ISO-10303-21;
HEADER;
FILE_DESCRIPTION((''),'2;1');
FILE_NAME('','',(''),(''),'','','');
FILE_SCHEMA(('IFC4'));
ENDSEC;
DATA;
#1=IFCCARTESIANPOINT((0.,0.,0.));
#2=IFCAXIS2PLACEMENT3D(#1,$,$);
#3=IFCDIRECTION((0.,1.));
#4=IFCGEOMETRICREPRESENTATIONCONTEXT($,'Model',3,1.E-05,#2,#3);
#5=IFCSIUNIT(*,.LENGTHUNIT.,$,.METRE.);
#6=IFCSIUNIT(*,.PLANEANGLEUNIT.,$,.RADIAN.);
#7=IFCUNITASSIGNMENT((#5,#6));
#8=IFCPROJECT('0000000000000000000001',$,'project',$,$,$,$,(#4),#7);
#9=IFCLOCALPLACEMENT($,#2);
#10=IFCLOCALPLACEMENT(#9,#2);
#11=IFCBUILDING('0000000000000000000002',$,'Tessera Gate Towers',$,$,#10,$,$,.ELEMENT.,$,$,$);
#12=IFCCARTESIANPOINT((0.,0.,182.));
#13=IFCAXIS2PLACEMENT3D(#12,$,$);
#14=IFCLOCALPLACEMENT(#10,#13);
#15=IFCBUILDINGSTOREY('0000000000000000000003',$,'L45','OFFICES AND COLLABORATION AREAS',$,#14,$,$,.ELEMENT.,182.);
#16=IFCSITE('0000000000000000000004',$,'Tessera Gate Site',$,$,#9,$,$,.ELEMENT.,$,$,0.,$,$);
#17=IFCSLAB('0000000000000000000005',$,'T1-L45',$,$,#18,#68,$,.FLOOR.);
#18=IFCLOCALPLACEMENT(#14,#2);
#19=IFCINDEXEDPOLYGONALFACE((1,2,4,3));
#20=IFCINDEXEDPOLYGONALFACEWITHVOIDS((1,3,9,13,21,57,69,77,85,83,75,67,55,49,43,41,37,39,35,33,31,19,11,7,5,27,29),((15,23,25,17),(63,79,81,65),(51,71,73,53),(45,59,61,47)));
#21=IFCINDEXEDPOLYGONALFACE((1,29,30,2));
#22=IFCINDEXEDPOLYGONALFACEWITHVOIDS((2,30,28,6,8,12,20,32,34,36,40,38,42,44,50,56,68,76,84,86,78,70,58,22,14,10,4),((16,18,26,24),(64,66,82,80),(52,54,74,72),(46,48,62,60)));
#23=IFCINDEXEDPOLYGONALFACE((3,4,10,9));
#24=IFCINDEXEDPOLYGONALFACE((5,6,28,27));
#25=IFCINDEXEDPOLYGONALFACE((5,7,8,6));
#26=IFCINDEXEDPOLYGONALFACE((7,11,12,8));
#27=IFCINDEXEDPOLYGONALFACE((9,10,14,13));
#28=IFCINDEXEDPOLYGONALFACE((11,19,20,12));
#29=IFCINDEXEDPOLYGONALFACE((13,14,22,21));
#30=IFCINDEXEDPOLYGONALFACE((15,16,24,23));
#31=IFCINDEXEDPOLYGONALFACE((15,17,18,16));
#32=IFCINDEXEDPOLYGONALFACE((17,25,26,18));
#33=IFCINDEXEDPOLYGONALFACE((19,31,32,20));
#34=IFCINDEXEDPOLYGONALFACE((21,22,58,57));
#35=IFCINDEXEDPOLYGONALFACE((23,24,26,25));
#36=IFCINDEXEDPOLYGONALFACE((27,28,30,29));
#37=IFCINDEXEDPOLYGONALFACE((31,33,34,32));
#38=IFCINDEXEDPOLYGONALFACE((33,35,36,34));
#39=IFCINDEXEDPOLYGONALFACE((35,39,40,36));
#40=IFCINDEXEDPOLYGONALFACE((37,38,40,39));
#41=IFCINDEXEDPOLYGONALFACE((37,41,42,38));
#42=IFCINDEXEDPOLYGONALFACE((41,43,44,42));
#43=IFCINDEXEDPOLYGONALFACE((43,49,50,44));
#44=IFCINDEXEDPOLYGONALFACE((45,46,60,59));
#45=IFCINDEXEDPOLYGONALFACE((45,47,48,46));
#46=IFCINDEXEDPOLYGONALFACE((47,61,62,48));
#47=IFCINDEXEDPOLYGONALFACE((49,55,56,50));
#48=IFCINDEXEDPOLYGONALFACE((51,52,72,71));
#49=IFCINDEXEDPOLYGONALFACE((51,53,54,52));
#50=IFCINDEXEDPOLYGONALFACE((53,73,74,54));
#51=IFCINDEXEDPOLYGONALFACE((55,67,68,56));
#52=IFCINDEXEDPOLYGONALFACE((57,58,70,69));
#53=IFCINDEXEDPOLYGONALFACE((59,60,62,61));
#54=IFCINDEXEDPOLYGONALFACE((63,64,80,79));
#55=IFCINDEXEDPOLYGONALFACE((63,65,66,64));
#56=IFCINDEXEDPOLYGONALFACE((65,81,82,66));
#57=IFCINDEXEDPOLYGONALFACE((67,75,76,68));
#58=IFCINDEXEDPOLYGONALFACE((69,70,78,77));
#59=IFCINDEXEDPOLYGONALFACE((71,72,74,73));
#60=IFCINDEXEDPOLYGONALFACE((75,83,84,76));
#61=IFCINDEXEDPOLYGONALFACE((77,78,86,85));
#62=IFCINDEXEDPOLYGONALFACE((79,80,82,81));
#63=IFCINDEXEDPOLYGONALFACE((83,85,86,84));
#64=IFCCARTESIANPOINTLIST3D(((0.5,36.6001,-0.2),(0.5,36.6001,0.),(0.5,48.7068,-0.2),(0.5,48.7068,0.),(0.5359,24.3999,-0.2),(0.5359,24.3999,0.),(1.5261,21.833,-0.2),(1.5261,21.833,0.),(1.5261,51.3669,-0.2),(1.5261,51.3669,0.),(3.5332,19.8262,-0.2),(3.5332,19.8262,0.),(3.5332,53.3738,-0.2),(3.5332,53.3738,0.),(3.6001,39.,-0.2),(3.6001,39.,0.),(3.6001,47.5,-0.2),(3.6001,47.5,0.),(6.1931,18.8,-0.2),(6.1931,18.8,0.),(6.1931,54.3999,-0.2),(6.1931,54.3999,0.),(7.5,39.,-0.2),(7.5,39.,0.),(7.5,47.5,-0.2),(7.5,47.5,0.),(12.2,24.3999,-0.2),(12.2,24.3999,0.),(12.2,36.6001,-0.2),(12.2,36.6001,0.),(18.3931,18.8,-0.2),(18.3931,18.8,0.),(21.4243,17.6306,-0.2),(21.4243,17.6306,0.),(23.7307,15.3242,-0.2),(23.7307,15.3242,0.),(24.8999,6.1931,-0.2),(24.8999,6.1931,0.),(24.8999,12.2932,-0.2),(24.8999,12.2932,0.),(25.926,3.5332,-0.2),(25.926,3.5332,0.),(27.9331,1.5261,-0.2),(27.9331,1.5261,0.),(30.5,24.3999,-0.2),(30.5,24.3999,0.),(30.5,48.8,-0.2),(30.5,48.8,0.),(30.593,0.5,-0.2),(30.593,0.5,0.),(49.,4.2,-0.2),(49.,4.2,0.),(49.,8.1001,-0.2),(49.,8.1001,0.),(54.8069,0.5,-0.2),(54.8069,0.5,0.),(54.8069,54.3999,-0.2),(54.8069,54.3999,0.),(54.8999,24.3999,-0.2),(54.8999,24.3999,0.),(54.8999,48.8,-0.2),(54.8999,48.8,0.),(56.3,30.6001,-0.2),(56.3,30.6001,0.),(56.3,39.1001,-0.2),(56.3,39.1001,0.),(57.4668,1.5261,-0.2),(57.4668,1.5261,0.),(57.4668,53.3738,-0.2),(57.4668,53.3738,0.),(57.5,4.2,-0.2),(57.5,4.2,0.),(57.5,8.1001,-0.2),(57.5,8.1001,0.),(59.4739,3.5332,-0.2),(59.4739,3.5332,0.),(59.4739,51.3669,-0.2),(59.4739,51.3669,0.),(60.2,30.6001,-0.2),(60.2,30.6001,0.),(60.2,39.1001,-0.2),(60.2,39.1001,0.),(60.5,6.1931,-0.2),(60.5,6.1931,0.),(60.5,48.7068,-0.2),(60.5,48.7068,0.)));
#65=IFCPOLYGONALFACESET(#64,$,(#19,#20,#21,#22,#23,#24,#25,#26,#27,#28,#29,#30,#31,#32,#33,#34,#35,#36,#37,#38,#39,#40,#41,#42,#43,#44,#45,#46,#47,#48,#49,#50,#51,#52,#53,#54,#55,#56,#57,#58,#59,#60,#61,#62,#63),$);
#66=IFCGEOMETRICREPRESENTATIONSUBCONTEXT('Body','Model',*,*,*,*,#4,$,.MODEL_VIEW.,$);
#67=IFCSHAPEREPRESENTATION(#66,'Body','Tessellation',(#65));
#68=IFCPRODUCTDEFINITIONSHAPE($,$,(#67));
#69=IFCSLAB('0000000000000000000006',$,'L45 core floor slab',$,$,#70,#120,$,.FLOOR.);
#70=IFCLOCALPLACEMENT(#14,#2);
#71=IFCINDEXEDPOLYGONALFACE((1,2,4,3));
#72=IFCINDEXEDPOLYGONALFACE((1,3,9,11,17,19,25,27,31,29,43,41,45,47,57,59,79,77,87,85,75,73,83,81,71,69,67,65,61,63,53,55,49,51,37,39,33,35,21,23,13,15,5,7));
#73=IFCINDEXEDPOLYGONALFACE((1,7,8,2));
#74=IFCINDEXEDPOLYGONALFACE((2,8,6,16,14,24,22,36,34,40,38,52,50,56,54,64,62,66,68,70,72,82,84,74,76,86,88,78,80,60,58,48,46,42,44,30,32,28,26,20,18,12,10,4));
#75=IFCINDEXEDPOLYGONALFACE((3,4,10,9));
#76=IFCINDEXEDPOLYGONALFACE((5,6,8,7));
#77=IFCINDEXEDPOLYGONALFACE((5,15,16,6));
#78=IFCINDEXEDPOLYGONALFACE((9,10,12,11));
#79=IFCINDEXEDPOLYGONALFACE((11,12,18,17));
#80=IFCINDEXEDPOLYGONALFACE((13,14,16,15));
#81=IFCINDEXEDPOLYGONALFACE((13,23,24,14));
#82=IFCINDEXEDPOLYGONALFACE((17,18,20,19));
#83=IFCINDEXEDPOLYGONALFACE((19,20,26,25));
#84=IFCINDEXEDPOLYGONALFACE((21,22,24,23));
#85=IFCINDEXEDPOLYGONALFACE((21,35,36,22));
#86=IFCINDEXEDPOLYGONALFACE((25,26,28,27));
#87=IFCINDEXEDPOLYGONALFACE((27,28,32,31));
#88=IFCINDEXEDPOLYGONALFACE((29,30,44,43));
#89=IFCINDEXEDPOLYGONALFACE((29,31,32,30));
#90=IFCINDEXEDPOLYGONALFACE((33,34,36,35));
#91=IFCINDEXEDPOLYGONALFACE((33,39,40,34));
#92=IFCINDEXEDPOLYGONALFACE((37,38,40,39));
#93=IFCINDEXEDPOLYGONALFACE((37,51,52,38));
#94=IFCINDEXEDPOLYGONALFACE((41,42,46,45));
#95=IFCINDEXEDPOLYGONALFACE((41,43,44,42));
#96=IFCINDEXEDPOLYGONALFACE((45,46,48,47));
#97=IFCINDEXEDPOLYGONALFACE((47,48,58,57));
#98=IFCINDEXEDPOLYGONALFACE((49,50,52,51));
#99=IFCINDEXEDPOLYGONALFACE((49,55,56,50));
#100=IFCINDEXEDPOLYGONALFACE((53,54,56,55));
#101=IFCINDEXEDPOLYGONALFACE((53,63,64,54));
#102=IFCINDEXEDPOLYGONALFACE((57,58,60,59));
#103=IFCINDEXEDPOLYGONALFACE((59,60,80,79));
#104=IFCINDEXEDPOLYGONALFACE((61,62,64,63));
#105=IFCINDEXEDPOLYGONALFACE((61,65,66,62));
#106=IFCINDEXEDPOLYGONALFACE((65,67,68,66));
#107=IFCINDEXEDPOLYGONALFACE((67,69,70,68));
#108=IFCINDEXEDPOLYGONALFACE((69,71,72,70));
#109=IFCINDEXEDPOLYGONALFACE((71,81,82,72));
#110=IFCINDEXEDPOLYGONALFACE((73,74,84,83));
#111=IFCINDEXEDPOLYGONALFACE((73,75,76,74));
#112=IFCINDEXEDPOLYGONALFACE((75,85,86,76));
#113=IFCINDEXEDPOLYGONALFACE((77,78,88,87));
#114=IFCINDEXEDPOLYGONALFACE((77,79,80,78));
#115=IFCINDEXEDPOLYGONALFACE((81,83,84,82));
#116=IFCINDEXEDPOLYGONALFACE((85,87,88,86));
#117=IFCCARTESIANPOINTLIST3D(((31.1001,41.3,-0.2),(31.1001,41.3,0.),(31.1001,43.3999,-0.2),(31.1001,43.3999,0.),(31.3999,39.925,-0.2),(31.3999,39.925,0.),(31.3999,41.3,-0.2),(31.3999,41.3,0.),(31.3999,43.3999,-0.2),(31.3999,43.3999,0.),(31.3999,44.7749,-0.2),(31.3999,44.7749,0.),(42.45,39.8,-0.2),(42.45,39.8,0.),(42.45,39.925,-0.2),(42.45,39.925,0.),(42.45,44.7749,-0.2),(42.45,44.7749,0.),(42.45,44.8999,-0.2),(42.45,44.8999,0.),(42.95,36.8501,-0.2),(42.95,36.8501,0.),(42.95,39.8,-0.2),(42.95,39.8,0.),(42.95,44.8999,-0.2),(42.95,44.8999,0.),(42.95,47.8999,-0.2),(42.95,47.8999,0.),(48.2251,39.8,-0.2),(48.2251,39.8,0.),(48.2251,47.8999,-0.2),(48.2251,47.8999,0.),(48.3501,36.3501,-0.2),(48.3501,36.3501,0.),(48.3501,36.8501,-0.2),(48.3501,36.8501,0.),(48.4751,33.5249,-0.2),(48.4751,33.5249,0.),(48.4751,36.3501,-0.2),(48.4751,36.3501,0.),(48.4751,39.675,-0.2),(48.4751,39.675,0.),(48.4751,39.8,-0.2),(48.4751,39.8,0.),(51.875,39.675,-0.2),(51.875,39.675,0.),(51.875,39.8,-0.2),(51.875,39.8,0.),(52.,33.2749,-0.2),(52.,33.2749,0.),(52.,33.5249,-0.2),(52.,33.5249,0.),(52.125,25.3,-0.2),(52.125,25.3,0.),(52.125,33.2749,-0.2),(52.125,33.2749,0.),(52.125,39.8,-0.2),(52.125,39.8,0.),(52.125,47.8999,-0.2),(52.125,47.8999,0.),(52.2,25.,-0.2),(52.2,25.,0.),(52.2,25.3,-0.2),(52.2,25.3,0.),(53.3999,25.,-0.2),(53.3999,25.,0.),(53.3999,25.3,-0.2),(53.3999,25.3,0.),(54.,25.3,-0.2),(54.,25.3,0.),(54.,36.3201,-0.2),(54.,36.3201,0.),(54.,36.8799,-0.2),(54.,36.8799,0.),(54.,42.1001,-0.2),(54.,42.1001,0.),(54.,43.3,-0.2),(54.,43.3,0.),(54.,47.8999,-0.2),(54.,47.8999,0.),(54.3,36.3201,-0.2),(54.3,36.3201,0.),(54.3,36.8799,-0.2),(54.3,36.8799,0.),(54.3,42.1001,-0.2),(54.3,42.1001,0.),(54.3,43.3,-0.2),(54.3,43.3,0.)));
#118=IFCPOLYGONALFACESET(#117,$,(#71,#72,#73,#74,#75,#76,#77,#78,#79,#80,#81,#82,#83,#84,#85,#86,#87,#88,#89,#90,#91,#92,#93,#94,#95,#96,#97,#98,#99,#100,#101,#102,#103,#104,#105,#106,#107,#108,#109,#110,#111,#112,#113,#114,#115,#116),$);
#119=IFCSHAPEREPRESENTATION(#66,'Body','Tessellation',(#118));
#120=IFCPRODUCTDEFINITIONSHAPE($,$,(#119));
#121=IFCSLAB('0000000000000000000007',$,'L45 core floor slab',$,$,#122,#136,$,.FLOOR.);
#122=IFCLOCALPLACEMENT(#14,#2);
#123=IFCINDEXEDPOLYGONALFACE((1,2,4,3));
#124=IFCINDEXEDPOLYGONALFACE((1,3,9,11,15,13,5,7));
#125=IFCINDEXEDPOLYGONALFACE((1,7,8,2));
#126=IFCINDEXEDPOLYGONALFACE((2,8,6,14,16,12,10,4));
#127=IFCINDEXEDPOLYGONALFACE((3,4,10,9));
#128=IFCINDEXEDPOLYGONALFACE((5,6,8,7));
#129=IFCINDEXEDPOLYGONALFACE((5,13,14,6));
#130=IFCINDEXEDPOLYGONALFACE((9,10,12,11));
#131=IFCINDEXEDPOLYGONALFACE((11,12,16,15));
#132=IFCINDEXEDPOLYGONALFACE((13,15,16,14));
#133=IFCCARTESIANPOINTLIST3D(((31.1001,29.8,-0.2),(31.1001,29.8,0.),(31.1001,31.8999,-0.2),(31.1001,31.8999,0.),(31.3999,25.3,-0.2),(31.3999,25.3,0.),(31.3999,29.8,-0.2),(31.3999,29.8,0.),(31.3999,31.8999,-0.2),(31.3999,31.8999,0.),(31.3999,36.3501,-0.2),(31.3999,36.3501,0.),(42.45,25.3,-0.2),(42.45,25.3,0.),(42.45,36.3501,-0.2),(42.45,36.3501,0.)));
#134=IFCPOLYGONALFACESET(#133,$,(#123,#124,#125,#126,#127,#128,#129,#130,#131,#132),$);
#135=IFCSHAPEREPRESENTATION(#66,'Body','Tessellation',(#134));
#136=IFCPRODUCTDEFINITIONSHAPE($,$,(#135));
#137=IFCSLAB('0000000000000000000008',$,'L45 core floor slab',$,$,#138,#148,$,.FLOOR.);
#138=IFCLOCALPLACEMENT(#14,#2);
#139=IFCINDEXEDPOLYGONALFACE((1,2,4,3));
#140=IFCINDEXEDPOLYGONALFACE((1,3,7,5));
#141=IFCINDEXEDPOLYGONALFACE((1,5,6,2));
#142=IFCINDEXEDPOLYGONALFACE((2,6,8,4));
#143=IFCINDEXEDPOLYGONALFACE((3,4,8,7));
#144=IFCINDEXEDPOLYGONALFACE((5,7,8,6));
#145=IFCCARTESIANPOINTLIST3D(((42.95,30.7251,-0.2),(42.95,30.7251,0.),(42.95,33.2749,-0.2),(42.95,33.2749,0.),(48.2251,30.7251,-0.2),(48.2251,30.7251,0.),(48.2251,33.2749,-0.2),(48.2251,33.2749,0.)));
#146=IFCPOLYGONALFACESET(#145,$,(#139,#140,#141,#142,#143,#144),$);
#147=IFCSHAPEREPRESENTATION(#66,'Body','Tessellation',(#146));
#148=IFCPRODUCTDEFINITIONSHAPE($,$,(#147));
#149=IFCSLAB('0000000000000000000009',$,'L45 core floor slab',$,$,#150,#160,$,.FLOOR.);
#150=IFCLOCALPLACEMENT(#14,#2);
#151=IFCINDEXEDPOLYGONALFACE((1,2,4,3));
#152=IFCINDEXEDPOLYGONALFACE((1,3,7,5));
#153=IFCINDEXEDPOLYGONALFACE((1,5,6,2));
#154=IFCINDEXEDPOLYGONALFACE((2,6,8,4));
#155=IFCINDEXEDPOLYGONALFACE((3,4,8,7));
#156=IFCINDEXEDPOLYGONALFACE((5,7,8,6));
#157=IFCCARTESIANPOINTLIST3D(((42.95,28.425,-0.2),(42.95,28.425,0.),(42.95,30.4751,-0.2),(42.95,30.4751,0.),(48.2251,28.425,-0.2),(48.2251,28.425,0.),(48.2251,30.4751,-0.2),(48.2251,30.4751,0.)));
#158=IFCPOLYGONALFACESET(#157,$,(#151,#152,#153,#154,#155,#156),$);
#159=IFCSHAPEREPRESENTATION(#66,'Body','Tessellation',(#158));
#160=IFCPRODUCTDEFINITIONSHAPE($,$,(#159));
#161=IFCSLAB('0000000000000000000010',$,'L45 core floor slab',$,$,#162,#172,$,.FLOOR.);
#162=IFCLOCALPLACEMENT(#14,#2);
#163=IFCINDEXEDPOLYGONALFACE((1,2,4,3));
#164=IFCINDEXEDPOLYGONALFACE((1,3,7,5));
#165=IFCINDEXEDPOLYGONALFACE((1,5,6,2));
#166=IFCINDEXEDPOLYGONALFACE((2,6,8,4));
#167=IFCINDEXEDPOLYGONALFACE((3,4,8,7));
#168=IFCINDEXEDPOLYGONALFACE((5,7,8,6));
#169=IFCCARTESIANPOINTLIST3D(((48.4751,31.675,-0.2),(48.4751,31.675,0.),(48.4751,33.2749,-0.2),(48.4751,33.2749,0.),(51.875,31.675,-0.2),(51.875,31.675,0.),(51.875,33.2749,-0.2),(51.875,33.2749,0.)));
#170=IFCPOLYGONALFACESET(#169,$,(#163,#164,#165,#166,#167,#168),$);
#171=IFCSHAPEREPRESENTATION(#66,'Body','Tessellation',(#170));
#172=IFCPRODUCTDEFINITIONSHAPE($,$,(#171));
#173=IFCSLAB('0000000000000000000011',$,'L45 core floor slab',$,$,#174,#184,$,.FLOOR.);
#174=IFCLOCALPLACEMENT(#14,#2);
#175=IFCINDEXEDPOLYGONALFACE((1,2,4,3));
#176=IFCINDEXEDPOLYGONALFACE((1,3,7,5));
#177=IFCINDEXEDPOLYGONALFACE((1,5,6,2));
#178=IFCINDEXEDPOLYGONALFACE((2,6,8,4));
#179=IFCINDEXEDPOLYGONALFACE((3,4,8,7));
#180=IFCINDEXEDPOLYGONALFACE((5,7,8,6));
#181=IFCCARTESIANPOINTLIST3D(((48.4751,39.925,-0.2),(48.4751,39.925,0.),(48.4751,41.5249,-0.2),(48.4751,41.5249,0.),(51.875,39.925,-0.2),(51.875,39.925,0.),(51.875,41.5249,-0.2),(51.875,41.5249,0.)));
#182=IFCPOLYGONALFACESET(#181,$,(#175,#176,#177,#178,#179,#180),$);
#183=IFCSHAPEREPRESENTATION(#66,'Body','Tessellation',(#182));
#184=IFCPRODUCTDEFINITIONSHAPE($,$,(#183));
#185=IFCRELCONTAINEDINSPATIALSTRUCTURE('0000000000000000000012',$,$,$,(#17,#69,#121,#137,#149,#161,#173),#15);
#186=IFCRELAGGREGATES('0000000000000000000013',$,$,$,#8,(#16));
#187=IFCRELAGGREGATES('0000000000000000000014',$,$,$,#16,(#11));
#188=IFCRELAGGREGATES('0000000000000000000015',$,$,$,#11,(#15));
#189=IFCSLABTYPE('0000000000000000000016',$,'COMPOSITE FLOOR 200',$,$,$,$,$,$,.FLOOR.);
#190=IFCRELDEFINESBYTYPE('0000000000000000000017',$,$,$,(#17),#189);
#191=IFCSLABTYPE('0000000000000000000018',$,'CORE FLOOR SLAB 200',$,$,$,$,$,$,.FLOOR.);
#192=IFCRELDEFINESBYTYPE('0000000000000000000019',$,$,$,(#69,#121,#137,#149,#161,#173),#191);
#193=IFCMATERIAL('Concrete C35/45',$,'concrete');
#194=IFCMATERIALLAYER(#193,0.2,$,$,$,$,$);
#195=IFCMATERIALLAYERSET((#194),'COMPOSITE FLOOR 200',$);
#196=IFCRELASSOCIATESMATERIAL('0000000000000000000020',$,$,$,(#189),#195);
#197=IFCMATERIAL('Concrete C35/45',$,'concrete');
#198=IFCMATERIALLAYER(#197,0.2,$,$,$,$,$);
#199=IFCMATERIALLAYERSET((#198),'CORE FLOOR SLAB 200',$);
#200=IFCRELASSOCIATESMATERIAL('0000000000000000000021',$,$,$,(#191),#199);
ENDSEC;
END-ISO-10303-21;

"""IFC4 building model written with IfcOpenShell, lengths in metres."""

from ifc_helpers import new_model, si_unit, direction, frame, origin, place, context, subcontext, project, spatial, polyline, outline, extrude, material, layer, layer_set, type_object, element, save


model = new_model("IFC4")

# Units and contexts
model_context = context("Model", 3, precision=1e-05, world=origin(), true_north=direction((0.0, 1.0)))
body_context = subcontext(model_context, "Body", "Model", "MODEL_VIEW")
ifc_project = project(units=[si_unit("LENGTHUNIT", "METRE"), si_unit("PLANEANGLEUNIT", "RADIAN")], contexts=[model_context])

# Site, building, storey
site_placement = place(None, origin())
site = spatial("IfcSite", under=ifc_project, at=site_placement, Name="Tessera Gate Site", CompositionType="ELEMENT", RefElevation=0.0)
building_placement = place(site_placement, origin())
building = spatial("IfcBuilding", under=site, at=building_placement, Name="Tessera Gate Towers", CompositionType="ELEMENT")
storey_placement = place(building_placement, frame((0.0, 0.0, 182.0)))
storey = spatial("IfcBuildingStorey", under=building, at=storey_placement, Name="L45", Description="OFFICES AND COLLABORATION AREAS", CompositionType="ELEMENT", Elevation=182.0)

# Slabs
ifc_material_1 = material(Name="Concrete C35/45", Category="concrete")
ifc_layer_1 = layer(ifc_material_1, 0.2)
ifc_layer_set_1 = layer_set([ifc_layer_1], Name="COMPOSITE FLOOR 200")
slab_type_1 = type_object("IfcSlabType", Name="COMPOSITE FLOOR 200", PredefinedType="FLOOR", material=ifc_layer_set_1)
slab_1_placement = place(storey_placement, frame((0.0, 0.0, -0.2)))
element("IfcSlab", 1, at=slab_1_placement, inside=storey, type_object=slab_type_1, Name="T1-L45", PredefinedType="FLOOR", context=body_context, shape_type="SweptSolid", body=[
    extrude(outline(polyline([(0.5, 36.6001), (12.2, 36.6001), (12.2, 24.3999), (0.5359, 24.3999), (1.5261, 21.833), (3.5332, 19.8262), (6.1931, 18.8), (18.3931, 18.8), (21.4243, 17.6306), (23.7307, 15.3242), (24.8999, 12.2932), (24.8999, 6.1931), (25.926, 3.5332), (27.9331, 1.5261), (30.593, 0.5), (54.8069, 0.5), (57.4668, 1.5261), (59.4739, 3.5332), (60.5, 6.1931), (60.5, 48.7068), (59.4739, 51.3669), (57.4668, 53.3738), (54.8069, 54.3999), (6.1931, 54.3999), (3.5332, 53.3738), (1.5261, 51.3669), (0.5, 48.7068), (0.5, 36.6001)]), holes=[polyline([(3.6001, 39.0), (3.6001, 47.5), (7.5, 47.5), (7.5, 39.0), (3.6001, 39.0)]), polyline([(30.5, 24.3999), (30.5, 48.8), (54.8999, 48.8), (54.8999, 24.3999), (30.5, 24.3999)]), polyline([(49.0, 4.2), (49.0, 8.1001), (57.5, 8.1001), (57.5, 4.2), (49.0, 4.2)]), polyline([(56.3, 30.6001), (56.3, 39.1001), (60.2, 39.1001), (60.2, 30.6001), (56.3, 30.6001)])]), origin(), (0.0, 0.0, 1.0), 0.2),
])
ifc_material_2 = material(Name="Concrete C35/45", Category="concrete")
ifc_layer_2 = layer(ifc_material_2, 0.2)
ifc_layer_set_2 = layer_set([ifc_layer_2], Name="CORE FLOOR SLAB 200")
slab_type_2 = type_object("IfcSlabType", Name="CORE FLOOR SLAB 200", PredefinedType="FLOOR", material=ifc_layer_set_2)
slab_2_placement = place(storey_placement, frame((0.0, 0.0, -0.2)))
element("IfcSlab", 2, at=slab_2_placement, inside=storey, type_object=slab_type_2, Name="L45 core floor slab", PredefinedType="FLOOR", context=body_context, shape_type="SweptSolid", body=[
    extrude(outline(polyline([(42.45, 44.8999), (42.45, 44.7749), (31.3999, 44.7749), (31.3999, 43.3999), (31.1001, 43.3999), (31.1001, 41.3), (31.3999, 41.3), (31.3999, 39.925), (42.45, 39.925), (42.45, 39.8), (42.95, 39.8), (42.95, 36.8501), (48.3501, 36.8501), (48.3501, 36.3501), (48.4751, 36.3501), (48.4751, 33.5249), (52.0, 33.5249), (52.0, 33.2749), (52.125, 33.2749), (52.125, 25.3), (52.2, 25.3), (52.2, 25.0), (53.3999, 25.0), (53.3999, 25.3), (54.0, 25.3), (54.0, 36.3201), (54.3, 36.3201), (54.3, 36.8799), (54.0, 36.8799), (54.0, 42.1001), (54.3, 42.1001), (54.3, 43.3), (54.0, 43.3), (54.0, 47.8999), (52.125, 47.8999), (52.125, 39.8), (51.875, 39.8), (51.875, 39.675), (48.4751, 39.675), (48.4751, 39.8), (48.2251, 39.8), (48.2251, 47.8999), (42.95, 47.8999), (42.95, 44.8999), (42.45, 44.8999)])), origin(), (0.0, 0.0, 1.0), 0.2),
])
slab_3_placement = place(storey_placement, frame((0.0, 0.0, -0.2)))
element("IfcSlab", 3, at=slab_3_placement, inside=storey, type_object=slab_type_2, Name="L45 core floor slab", PredefinedType="FLOOR", context=body_context, shape_type="SweptSolid", body=[
    extrude(outline(polyline([(31.3999, 36.3501), (31.3999, 31.8999), (31.1001, 31.8999), (31.1001, 29.8), (31.3999, 29.8), (31.3999, 25.3), (42.45, 25.3), (42.45, 36.3501), (31.3999, 36.3501)])), origin(), (0.0, 0.0, 1.0), 0.2),
])
slab_4_placement = place(storey_placement, frame((0.0, 0.0, -0.2)))
element("IfcSlab", 4, at=slab_4_placement, inside=storey, type_object=slab_type_2, Name="L45 core floor slab", PredefinedType="FLOOR", context=body_context, shape_type="SweptSolid", body=[
    extrude(outline(polyline([(42.95, 33.2749), (42.95, 30.7251), (48.2251, 30.7251), (48.2251, 33.2749), (42.95, 33.2749)])), origin(), (0.0, 0.0, 1.0), 0.2),
])
slab_5_placement = place(storey_placement, frame((0.0, 0.0, -0.2)))
element("IfcSlab", 5, at=slab_5_placement, inside=storey, type_object=slab_type_2, Name="L45 core floor slab", PredefinedType="FLOOR", context=body_context, shape_type="SweptSolid", body=[
    extrude(outline(polyline([(48.2251, 30.4751), (42.95, 30.4751), (42.95, 28.425), (48.2251, 28.425), (48.2251, 30.4751)])), origin(), (0.0, 0.0, 1.0), 0.2),
])
slab_6_placement = place(storey_placement, frame((0.0, 0.0, -0.2)))
element("IfcSlab", 6, at=slab_6_placement, inside=storey, type_object=slab_type_2, Name="L45 core floor slab", PredefinedType="FLOOR", context=body_context, shape_type="SweptSolid", body=[
    extrude(outline(polyline([(51.875, 31.675), (51.875, 33.2749), (48.4751, 33.2749), (48.4751, 31.675), (51.875, 31.675)])), origin(), (0.0, 0.0, 1.0), 0.2),
])
slab_7_placement = place(storey_placement, frame((0.0, 0.0, -0.2)))
element("IfcSlab", 7, at=slab_7_placement, inside=storey, type_object=slab_type_2, Name="L45 core floor slab", PredefinedType="FLOOR", context=body_context, shape_type="SweptSolid", body=[
    extrude(outline(polyline([(48.4751, 41.5249), (48.4751, 39.925), (51.875, 39.925), (51.875, 41.5249), (48.4751, 41.5249)])), origin(), (0.0, 0.0, 1.0), 0.2),
])

save(model, "model.ifc")
